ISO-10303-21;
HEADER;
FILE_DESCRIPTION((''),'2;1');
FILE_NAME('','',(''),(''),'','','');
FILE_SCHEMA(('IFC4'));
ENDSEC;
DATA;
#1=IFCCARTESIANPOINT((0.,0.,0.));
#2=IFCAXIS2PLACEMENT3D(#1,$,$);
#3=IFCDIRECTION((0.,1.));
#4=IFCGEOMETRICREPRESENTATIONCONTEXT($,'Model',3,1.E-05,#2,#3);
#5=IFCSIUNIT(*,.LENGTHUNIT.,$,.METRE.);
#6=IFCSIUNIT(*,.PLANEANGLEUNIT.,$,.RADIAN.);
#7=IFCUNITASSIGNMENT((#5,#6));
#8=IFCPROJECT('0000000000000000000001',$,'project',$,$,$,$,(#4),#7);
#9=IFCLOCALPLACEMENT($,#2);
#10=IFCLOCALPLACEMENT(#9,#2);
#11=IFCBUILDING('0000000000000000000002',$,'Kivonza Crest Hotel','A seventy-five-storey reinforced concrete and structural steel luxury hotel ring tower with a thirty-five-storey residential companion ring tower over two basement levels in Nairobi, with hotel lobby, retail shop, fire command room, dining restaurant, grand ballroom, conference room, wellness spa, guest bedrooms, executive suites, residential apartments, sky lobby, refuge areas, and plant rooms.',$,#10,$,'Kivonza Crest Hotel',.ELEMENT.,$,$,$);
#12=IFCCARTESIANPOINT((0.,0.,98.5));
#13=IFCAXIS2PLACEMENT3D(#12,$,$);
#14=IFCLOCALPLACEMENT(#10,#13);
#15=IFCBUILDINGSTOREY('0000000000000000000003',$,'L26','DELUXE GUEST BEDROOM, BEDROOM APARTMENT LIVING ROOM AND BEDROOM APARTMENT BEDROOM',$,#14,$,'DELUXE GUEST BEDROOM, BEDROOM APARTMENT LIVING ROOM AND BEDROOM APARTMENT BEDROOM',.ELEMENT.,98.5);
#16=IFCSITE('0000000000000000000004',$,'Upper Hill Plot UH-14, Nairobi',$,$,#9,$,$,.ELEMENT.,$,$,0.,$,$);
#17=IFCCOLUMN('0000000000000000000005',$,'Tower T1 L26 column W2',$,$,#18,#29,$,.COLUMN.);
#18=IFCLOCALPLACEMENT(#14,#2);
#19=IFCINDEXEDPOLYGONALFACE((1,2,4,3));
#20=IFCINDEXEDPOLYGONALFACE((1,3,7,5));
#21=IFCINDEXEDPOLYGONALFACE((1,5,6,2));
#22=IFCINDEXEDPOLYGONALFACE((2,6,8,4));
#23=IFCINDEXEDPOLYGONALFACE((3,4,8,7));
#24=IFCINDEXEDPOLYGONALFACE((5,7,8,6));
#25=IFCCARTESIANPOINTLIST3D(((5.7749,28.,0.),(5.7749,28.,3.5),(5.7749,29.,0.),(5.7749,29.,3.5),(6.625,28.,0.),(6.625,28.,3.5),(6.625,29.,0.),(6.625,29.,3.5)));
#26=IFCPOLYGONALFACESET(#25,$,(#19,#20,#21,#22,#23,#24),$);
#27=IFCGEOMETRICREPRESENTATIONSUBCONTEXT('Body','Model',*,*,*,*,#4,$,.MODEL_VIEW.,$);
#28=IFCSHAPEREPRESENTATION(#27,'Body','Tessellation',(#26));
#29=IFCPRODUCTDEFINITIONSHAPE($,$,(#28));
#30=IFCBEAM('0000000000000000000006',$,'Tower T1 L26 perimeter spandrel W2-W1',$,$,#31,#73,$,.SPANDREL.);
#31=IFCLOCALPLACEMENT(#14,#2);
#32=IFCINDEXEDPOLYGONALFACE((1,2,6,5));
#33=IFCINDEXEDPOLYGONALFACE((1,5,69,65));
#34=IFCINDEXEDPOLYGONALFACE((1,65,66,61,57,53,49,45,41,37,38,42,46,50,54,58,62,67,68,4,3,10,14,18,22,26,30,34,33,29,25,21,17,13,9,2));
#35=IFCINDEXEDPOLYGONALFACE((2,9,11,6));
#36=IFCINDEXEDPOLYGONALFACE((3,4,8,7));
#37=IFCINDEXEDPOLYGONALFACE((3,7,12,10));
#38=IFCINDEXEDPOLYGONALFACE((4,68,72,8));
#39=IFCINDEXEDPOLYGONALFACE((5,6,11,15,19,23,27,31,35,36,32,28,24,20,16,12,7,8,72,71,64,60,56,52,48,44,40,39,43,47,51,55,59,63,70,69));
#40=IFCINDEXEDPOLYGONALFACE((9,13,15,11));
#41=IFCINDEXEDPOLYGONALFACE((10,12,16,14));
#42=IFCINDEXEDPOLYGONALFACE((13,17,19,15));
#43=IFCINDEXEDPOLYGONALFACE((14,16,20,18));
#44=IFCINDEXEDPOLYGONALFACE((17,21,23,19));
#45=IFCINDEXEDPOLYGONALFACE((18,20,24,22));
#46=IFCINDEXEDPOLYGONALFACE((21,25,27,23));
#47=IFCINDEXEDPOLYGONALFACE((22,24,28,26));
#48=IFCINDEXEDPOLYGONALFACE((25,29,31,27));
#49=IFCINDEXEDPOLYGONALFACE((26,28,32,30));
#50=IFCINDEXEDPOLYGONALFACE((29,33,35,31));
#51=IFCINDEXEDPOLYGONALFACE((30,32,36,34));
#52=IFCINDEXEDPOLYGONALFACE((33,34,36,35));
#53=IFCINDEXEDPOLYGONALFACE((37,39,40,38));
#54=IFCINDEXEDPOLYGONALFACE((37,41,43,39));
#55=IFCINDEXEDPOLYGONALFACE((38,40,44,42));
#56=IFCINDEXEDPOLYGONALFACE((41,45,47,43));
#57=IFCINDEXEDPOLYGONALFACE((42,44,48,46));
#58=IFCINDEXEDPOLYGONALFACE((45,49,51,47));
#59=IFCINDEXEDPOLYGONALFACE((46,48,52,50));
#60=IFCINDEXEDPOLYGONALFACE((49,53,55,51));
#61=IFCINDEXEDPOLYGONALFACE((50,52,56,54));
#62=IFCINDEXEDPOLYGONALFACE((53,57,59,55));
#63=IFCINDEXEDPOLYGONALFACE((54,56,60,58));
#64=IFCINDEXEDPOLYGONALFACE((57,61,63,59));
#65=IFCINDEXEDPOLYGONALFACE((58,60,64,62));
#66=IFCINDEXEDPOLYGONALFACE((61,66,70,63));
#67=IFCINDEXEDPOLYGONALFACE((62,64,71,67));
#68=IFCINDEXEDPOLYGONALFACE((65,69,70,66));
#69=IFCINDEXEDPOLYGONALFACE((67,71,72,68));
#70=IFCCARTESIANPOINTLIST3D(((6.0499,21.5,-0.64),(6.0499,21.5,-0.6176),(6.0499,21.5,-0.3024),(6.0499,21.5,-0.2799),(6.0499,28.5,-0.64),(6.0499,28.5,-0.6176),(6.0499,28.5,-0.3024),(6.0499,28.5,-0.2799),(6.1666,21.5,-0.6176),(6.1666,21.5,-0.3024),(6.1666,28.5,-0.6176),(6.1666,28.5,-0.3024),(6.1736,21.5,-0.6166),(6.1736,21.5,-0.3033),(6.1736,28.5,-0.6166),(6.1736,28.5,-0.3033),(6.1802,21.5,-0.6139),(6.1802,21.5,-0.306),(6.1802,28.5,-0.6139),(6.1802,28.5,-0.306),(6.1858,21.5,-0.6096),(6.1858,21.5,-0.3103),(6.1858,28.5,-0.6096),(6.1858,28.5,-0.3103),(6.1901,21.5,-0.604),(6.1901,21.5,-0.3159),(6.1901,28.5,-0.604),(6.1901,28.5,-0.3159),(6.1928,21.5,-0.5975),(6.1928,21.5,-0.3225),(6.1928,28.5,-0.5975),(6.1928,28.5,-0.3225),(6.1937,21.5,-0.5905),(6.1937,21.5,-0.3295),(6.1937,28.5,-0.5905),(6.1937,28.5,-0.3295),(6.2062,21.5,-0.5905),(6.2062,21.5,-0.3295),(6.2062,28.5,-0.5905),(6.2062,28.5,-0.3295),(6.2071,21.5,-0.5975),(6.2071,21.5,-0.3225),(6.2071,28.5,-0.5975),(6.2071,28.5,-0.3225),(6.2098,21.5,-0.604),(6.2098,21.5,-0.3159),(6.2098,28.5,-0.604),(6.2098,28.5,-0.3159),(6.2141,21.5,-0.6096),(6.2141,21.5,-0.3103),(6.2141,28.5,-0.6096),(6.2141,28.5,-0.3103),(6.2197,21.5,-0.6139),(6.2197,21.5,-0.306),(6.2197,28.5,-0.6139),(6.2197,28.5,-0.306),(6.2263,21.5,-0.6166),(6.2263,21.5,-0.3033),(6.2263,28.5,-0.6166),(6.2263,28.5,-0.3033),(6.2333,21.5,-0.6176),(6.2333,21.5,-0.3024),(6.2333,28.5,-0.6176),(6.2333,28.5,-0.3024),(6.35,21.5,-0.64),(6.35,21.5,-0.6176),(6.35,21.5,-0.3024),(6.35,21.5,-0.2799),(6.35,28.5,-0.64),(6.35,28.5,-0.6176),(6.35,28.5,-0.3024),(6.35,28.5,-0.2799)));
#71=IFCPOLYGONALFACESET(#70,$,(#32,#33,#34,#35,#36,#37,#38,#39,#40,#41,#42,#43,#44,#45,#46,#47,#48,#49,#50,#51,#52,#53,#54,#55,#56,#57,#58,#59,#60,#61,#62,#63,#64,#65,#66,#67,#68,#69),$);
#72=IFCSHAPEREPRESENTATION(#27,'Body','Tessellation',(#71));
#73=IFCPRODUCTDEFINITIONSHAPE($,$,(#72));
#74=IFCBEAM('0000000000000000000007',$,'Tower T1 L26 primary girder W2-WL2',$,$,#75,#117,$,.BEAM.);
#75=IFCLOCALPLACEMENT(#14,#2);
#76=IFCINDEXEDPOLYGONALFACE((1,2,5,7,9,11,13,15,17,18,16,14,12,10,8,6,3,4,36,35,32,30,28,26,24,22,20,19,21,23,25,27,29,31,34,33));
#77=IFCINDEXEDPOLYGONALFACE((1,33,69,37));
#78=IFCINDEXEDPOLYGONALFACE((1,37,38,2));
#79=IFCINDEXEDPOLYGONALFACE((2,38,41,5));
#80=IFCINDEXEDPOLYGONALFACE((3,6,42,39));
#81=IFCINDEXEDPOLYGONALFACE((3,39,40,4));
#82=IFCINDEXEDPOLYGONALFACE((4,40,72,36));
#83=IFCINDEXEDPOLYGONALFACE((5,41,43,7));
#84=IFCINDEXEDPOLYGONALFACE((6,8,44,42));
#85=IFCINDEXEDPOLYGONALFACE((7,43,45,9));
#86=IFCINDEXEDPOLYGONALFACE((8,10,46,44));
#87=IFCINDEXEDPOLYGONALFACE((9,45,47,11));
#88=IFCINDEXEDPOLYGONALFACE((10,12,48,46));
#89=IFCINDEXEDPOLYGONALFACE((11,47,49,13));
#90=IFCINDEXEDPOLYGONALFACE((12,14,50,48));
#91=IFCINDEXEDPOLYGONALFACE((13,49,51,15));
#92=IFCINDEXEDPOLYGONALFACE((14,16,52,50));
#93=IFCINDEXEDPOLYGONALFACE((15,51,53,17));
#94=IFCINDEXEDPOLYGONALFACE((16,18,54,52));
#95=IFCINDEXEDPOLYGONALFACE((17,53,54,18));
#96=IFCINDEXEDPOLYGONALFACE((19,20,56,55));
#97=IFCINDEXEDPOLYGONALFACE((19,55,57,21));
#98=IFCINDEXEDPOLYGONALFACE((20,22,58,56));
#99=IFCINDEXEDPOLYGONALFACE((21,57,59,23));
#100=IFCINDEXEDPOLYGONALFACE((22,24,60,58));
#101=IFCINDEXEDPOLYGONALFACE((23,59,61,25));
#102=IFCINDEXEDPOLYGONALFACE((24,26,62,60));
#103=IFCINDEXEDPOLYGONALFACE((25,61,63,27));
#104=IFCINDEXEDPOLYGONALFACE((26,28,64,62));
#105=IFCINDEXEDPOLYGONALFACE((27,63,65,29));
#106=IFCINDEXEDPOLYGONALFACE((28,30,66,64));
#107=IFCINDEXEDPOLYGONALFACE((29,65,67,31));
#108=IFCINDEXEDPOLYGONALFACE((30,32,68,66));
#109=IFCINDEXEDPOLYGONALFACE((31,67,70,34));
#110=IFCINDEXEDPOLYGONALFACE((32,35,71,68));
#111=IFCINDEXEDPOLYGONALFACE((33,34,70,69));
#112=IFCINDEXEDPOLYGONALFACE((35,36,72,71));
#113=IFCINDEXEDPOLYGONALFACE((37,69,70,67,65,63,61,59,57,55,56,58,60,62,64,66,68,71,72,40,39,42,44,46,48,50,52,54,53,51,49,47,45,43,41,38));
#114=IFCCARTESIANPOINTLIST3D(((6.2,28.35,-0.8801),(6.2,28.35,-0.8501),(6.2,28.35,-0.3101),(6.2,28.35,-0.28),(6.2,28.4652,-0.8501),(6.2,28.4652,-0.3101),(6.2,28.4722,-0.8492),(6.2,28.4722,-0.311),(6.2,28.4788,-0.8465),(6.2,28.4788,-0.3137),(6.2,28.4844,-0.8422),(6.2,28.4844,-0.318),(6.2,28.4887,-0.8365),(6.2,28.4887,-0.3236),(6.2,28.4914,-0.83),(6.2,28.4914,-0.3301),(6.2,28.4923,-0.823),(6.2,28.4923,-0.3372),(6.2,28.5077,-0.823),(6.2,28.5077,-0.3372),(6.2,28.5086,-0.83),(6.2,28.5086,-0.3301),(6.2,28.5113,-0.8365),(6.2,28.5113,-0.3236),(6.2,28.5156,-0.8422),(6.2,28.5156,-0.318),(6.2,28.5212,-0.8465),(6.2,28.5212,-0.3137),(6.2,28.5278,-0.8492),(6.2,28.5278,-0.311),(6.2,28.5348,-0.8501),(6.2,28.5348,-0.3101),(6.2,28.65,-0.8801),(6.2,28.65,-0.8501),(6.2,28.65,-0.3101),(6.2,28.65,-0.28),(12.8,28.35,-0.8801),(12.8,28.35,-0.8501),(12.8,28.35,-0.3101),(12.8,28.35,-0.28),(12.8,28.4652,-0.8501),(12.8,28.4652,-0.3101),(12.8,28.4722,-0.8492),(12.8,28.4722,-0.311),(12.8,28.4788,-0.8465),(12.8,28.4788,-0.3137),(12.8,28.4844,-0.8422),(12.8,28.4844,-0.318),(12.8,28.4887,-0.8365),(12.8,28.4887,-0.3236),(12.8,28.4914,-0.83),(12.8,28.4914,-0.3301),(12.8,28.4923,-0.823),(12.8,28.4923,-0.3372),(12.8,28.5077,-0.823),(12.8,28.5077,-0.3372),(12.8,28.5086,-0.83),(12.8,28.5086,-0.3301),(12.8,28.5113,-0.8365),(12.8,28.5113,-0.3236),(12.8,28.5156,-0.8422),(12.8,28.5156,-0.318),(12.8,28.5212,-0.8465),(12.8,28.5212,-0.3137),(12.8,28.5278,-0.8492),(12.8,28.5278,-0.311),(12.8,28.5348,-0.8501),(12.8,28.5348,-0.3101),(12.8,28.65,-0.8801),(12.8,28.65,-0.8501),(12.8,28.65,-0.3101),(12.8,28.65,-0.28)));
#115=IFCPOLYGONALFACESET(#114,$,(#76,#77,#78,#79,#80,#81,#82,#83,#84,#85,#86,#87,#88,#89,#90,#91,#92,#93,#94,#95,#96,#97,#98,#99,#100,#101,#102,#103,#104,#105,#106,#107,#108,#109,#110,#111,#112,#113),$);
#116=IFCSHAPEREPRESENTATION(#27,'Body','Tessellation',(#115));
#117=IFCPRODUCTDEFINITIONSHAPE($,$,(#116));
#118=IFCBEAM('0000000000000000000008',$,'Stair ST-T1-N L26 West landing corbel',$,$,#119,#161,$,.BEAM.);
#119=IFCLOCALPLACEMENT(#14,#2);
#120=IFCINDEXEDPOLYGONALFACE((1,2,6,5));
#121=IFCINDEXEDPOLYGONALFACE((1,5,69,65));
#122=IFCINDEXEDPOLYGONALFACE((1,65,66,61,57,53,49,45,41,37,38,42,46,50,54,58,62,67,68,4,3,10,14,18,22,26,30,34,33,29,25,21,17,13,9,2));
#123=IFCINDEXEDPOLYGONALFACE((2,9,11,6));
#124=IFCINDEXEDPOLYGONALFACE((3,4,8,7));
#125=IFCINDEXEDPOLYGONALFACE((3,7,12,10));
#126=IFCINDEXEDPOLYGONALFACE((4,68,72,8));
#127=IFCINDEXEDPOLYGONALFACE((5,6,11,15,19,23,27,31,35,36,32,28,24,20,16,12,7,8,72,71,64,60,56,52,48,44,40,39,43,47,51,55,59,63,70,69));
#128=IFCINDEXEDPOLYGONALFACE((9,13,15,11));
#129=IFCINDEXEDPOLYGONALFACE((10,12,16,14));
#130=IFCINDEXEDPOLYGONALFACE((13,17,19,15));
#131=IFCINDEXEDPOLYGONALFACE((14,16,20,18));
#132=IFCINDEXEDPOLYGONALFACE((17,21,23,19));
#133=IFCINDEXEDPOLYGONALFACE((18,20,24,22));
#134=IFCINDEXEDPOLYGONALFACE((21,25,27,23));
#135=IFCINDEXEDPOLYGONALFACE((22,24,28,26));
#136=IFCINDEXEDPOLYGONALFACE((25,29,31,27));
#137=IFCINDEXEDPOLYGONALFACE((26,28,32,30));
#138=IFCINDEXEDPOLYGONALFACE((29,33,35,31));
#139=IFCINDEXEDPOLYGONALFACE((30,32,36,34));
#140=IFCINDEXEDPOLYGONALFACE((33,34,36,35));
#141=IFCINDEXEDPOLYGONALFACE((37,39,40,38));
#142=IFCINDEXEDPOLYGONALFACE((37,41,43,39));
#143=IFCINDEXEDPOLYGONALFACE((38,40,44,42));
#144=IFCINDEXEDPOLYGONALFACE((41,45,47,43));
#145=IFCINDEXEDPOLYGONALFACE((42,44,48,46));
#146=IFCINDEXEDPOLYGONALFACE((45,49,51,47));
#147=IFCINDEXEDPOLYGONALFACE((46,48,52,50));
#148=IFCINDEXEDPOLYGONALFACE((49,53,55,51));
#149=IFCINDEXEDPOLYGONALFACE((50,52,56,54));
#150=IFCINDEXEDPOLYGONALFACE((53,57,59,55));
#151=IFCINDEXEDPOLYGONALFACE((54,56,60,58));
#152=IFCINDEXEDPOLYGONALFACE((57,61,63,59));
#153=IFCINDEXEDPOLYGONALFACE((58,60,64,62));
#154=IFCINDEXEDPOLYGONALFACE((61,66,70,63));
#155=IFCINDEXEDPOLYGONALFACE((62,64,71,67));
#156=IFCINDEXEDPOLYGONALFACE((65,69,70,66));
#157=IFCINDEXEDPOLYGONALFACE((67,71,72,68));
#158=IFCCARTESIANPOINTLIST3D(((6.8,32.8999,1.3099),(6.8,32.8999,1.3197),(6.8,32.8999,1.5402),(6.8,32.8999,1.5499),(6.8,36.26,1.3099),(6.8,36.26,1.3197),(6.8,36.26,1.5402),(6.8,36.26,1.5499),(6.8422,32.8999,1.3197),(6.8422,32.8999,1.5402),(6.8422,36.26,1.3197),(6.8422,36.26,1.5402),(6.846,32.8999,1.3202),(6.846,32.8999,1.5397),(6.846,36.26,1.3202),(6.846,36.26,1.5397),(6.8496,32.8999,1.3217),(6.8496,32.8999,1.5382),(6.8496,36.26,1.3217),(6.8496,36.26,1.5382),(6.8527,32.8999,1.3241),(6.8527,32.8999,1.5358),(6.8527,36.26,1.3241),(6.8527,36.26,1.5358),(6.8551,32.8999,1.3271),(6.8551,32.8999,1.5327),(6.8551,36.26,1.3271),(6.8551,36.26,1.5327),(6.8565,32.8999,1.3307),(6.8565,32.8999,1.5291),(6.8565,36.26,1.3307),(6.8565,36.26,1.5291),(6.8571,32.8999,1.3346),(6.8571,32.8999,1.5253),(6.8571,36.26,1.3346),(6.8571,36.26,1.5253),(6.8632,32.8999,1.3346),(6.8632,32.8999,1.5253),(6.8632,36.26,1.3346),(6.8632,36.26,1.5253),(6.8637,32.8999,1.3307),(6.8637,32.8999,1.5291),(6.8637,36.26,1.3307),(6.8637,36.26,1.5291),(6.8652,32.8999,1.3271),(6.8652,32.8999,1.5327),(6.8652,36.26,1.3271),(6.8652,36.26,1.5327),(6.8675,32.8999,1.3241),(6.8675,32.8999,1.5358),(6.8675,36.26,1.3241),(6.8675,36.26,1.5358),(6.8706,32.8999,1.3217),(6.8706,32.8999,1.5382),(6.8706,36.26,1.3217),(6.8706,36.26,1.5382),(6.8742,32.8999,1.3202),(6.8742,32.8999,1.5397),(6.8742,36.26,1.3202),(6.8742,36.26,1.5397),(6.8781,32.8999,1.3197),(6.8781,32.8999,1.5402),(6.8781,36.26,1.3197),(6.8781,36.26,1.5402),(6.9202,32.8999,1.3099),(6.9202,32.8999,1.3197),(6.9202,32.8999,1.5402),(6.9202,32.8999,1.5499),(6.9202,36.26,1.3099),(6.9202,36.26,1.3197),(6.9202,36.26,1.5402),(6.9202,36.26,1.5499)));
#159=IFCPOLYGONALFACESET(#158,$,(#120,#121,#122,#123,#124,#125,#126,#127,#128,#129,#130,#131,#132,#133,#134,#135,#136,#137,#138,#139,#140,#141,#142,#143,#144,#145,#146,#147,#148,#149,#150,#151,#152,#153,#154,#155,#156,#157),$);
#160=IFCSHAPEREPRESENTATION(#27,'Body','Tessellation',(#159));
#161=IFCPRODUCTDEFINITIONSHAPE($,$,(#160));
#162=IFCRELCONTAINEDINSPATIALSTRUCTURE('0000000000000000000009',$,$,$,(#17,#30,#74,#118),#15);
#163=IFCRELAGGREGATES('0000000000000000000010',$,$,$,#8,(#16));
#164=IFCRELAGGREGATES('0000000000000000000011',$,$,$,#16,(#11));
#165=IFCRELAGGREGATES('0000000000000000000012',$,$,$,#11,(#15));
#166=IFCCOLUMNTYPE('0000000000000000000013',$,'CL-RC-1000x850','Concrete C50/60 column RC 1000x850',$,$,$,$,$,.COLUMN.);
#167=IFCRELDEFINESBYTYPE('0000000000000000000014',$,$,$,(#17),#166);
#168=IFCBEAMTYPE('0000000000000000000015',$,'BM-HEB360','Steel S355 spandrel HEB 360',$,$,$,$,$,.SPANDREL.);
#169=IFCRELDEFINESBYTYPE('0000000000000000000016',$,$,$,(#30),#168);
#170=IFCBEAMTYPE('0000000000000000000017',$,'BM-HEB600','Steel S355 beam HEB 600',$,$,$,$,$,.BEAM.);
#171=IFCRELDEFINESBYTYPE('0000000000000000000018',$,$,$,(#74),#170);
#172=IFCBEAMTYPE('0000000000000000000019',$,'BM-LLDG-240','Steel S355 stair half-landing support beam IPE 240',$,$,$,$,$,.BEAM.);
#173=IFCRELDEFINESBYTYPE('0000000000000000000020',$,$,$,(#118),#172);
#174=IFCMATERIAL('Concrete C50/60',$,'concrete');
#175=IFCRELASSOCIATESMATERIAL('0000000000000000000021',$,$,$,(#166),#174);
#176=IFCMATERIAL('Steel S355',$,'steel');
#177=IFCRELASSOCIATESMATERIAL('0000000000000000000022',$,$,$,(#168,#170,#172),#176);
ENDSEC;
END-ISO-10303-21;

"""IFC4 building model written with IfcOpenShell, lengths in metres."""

from ifc_helpers import new_model, si_unit, direction, frame, origin, origin_2d, place, context, subcontext, project, spatial, rectangle, i_section, extrude, material, material_profile, profile_set, type_object, element, save


model = new_model("IFC4")

# Units and contexts
model_context = context("Model", 3, precision=1e-05, world=origin(), true_north=direction((0.0, 1.0)))
body_context = subcontext(model_context, "Body", "Model", "MODEL_VIEW")
ifc_project = project(units=[si_unit("LENGTHUNIT", "METRE"), si_unit("PLANEANGLEUNIT", "RADIAN")], contexts=[model_context])

# Site, building, storey
site_placement = place(None, origin())
site = spatial("IfcSite", under=ifc_project, at=site_placement, Name="Upper Hill Plot UH-14, Nairobi", CompositionType="ELEMENT", RefElevation=0.0)
building_placement = place(site_placement, origin())
building = spatial("IfcBuilding", under=site, at=building_placement, Name="Kivonza Crest Hotel", Description="A seventy-five-storey reinforced concrete and structural steel luxury hotel ring tower with a thirty-five-storey residential companion ring tower over two basement levels in Nairobi, with hotel lobby, retail shop, fire command room, dining restaurant, grand ballroom, conference room, wellness spa, guest bedrooms, executive suites, residential apartments, sky lobby, refuge areas, and plant rooms.", LongName="Kivonza Crest Hotel", CompositionType="ELEMENT")
storey_placement = place(building_placement, frame((0.0, 0.0, 98.5)))
storey = spatial("IfcBuildingStorey", under=building, at=storey_placement, Name="L26", Description="DELUXE GUEST BEDROOM, BEDROOM APARTMENT LIVING ROOM AND BEDROOM APARTMENT BEDROOM", LongName="DELUXE GUEST BEDROOM, BEDROOM APARTMENT LIVING ROOM AND BEDROOM APARTMENT BEDROOM", CompositionType="ELEMENT", Elevation=98.5)

# Column
ifc_material_1 = material(Name="Concrete C50/60", Category="concrete")
ifc_material_profile_1 = material_profile(ifc_material_1, rectangle(XDim=0.8501, YDim=1.0, at=origin_2d()), Name="RC 1000x850")
ifc_profile_set_1 = profile_set([ifc_material_profile_1], Name="Concrete C50/60")
column_type = type_object("IfcColumnType", Name="CL-RC-1000x850", Description="Concrete C50/60 column RC 1000x850", PredefinedType="COLUMN", material=ifc_profile_set_1)
column_placement = place(storey_placement, frame((6.2, 28.5, 0.0), z_axis=(0.0, 0.0, 1.0), x_axis=(1.0, 0.0, 0.0)))
element("IfcColumn", 1, at=column_placement, inside=storey, type_object=column_type, Name="Tower T1 L26 column W2", PredefinedType="COLUMN", context=body_context, shape_type="SweptSolid", body=[
    extrude(rectangle(XDim=0.8501, YDim=1.0, at=origin_2d()), origin(), (0.0, 0.0, 1.0), 3.5),
])

# Beams
ifc_material_2 = material(Name="Steel S355", Category="steel")
ifc_material_profile_2 = material_profile(ifc_material_2, i_section(OverallWidth=0.3, OverallDepth=0.3601, WebThickness=0.0125, FlangeThickness=0.0225, FilletRadius=0.0271, at=origin_2d()), Name="HEB 360")
ifc_profile_set_2 = profile_set([ifc_material_profile_2], Name="Steel S355")
beam_type_1 = type_object("IfcBeamType", Name="BM-HEB360", Description="Steel S355 spandrel HEB 360", PredefinedType="SPANDREL", material=ifc_profile_set_2)
beam_1_placement = place(storey_placement, frame((6.2, 28.5, -0.46), z_axis=(0.0, -1.0, 0.0), x_axis=(1.0, 0.0, 0.0)))
element("IfcBeam", 2, at=beam_1_placement, inside=storey, type_object=beam_type_1, Name="Tower T1 L26 perimeter spandrel W2-W1", PredefinedType="SPANDREL", context=body_context, shape_type="SweptSolid", body=[
    extrude(i_section(OverallWidth=0.3, OverallDepth=0.3601, WebThickness=0.0125, FlangeThickness=0.0225, FilletRadius=0.0271, at=origin_2d()), origin(), (0.0, 0.0, 1.0), 7.0),
])
ifc_material_profile_3 = material_profile(ifc_material_2, i_section(OverallWidth=0.3, OverallDepth=0.6001, WebThickness=0.0154, FlangeThickness=0.03, FilletRadius=0.0271, at=origin_2d()), Name="HEB 600")
ifc_profile_set_3 = profile_set([ifc_material_profile_3], Name="Steel S355")
beam_type_2 = type_object("IfcBeamType", Name="BM-HEB600", Description="Steel S355 beam HEB 600", PredefinedType="BEAM", material=ifc_profile_set_3)
beam_2_placement = place(storey_placement, frame((6.2, 28.5, -0.5801), z_axis=(1.0, 0.0, 0.0), x_axis=(0.0, 1.0, 0.0)))
element("IfcBeam", 3, at=beam_2_placement, inside=storey, type_object=beam_type_2, Name="Tower T1 L26 primary girder W2-WL2", PredefinedType="BEAM", context=body_context, shape_type="SweptSolid", body=[
    extrude(i_section(OverallWidth=0.3, OverallDepth=0.6001, WebThickness=0.0154, FlangeThickness=0.03, FilletRadius=0.0271, at=origin_2d()), origin(), (0.0, 0.0, 1.0), 6.6001),
])
ifc_material_profile_4 = material_profile(ifc_material_2, i_section(OverallWidth=0.1201, OverallDepth=0.24, WebThickness=0.0061, FlangeThickness=0.0098, FilletRadius=0.0149, at=origin_2d()), Name="IPE 240")
ifc_profile_set_4 = profile_set([ifc_material_profile_4], Name="Steel S355")
beam_type_3 = type_object("IfcBeamType", Name="BM-LLDG-240", Description="Steel S355 stair half-landing support beam IPE 240", PredefinedType="BEAM", material=ifc_profile_set_4)
beam_3_placement = place(storey_placement, frame((6.8601, 32.8999, 1.4299), z_axis=(0.0, 1.0, 0.0), x_axis=(-1.0, 0.0, 0.0)))
element("IfcBeam", 4, at=beam_3_placement, inside=storey, type_object=beam_type_3, Name="Stair ST-T1-N L26 West landing corbel", PredefinedType="BEAM", context=body_context, shape_type="SweptSolid", body=[
    extrude(i_section(OverallWidth=0.1201, OverallDepth=0.24, WebThickness=0.0061, FlangeThickness=0.0098, FilletRadius=0.0149, at=origin_2d()), origin(), (0.0, 0.0, 1.0), 3.3601),
])

save(model, "model.ifc")
